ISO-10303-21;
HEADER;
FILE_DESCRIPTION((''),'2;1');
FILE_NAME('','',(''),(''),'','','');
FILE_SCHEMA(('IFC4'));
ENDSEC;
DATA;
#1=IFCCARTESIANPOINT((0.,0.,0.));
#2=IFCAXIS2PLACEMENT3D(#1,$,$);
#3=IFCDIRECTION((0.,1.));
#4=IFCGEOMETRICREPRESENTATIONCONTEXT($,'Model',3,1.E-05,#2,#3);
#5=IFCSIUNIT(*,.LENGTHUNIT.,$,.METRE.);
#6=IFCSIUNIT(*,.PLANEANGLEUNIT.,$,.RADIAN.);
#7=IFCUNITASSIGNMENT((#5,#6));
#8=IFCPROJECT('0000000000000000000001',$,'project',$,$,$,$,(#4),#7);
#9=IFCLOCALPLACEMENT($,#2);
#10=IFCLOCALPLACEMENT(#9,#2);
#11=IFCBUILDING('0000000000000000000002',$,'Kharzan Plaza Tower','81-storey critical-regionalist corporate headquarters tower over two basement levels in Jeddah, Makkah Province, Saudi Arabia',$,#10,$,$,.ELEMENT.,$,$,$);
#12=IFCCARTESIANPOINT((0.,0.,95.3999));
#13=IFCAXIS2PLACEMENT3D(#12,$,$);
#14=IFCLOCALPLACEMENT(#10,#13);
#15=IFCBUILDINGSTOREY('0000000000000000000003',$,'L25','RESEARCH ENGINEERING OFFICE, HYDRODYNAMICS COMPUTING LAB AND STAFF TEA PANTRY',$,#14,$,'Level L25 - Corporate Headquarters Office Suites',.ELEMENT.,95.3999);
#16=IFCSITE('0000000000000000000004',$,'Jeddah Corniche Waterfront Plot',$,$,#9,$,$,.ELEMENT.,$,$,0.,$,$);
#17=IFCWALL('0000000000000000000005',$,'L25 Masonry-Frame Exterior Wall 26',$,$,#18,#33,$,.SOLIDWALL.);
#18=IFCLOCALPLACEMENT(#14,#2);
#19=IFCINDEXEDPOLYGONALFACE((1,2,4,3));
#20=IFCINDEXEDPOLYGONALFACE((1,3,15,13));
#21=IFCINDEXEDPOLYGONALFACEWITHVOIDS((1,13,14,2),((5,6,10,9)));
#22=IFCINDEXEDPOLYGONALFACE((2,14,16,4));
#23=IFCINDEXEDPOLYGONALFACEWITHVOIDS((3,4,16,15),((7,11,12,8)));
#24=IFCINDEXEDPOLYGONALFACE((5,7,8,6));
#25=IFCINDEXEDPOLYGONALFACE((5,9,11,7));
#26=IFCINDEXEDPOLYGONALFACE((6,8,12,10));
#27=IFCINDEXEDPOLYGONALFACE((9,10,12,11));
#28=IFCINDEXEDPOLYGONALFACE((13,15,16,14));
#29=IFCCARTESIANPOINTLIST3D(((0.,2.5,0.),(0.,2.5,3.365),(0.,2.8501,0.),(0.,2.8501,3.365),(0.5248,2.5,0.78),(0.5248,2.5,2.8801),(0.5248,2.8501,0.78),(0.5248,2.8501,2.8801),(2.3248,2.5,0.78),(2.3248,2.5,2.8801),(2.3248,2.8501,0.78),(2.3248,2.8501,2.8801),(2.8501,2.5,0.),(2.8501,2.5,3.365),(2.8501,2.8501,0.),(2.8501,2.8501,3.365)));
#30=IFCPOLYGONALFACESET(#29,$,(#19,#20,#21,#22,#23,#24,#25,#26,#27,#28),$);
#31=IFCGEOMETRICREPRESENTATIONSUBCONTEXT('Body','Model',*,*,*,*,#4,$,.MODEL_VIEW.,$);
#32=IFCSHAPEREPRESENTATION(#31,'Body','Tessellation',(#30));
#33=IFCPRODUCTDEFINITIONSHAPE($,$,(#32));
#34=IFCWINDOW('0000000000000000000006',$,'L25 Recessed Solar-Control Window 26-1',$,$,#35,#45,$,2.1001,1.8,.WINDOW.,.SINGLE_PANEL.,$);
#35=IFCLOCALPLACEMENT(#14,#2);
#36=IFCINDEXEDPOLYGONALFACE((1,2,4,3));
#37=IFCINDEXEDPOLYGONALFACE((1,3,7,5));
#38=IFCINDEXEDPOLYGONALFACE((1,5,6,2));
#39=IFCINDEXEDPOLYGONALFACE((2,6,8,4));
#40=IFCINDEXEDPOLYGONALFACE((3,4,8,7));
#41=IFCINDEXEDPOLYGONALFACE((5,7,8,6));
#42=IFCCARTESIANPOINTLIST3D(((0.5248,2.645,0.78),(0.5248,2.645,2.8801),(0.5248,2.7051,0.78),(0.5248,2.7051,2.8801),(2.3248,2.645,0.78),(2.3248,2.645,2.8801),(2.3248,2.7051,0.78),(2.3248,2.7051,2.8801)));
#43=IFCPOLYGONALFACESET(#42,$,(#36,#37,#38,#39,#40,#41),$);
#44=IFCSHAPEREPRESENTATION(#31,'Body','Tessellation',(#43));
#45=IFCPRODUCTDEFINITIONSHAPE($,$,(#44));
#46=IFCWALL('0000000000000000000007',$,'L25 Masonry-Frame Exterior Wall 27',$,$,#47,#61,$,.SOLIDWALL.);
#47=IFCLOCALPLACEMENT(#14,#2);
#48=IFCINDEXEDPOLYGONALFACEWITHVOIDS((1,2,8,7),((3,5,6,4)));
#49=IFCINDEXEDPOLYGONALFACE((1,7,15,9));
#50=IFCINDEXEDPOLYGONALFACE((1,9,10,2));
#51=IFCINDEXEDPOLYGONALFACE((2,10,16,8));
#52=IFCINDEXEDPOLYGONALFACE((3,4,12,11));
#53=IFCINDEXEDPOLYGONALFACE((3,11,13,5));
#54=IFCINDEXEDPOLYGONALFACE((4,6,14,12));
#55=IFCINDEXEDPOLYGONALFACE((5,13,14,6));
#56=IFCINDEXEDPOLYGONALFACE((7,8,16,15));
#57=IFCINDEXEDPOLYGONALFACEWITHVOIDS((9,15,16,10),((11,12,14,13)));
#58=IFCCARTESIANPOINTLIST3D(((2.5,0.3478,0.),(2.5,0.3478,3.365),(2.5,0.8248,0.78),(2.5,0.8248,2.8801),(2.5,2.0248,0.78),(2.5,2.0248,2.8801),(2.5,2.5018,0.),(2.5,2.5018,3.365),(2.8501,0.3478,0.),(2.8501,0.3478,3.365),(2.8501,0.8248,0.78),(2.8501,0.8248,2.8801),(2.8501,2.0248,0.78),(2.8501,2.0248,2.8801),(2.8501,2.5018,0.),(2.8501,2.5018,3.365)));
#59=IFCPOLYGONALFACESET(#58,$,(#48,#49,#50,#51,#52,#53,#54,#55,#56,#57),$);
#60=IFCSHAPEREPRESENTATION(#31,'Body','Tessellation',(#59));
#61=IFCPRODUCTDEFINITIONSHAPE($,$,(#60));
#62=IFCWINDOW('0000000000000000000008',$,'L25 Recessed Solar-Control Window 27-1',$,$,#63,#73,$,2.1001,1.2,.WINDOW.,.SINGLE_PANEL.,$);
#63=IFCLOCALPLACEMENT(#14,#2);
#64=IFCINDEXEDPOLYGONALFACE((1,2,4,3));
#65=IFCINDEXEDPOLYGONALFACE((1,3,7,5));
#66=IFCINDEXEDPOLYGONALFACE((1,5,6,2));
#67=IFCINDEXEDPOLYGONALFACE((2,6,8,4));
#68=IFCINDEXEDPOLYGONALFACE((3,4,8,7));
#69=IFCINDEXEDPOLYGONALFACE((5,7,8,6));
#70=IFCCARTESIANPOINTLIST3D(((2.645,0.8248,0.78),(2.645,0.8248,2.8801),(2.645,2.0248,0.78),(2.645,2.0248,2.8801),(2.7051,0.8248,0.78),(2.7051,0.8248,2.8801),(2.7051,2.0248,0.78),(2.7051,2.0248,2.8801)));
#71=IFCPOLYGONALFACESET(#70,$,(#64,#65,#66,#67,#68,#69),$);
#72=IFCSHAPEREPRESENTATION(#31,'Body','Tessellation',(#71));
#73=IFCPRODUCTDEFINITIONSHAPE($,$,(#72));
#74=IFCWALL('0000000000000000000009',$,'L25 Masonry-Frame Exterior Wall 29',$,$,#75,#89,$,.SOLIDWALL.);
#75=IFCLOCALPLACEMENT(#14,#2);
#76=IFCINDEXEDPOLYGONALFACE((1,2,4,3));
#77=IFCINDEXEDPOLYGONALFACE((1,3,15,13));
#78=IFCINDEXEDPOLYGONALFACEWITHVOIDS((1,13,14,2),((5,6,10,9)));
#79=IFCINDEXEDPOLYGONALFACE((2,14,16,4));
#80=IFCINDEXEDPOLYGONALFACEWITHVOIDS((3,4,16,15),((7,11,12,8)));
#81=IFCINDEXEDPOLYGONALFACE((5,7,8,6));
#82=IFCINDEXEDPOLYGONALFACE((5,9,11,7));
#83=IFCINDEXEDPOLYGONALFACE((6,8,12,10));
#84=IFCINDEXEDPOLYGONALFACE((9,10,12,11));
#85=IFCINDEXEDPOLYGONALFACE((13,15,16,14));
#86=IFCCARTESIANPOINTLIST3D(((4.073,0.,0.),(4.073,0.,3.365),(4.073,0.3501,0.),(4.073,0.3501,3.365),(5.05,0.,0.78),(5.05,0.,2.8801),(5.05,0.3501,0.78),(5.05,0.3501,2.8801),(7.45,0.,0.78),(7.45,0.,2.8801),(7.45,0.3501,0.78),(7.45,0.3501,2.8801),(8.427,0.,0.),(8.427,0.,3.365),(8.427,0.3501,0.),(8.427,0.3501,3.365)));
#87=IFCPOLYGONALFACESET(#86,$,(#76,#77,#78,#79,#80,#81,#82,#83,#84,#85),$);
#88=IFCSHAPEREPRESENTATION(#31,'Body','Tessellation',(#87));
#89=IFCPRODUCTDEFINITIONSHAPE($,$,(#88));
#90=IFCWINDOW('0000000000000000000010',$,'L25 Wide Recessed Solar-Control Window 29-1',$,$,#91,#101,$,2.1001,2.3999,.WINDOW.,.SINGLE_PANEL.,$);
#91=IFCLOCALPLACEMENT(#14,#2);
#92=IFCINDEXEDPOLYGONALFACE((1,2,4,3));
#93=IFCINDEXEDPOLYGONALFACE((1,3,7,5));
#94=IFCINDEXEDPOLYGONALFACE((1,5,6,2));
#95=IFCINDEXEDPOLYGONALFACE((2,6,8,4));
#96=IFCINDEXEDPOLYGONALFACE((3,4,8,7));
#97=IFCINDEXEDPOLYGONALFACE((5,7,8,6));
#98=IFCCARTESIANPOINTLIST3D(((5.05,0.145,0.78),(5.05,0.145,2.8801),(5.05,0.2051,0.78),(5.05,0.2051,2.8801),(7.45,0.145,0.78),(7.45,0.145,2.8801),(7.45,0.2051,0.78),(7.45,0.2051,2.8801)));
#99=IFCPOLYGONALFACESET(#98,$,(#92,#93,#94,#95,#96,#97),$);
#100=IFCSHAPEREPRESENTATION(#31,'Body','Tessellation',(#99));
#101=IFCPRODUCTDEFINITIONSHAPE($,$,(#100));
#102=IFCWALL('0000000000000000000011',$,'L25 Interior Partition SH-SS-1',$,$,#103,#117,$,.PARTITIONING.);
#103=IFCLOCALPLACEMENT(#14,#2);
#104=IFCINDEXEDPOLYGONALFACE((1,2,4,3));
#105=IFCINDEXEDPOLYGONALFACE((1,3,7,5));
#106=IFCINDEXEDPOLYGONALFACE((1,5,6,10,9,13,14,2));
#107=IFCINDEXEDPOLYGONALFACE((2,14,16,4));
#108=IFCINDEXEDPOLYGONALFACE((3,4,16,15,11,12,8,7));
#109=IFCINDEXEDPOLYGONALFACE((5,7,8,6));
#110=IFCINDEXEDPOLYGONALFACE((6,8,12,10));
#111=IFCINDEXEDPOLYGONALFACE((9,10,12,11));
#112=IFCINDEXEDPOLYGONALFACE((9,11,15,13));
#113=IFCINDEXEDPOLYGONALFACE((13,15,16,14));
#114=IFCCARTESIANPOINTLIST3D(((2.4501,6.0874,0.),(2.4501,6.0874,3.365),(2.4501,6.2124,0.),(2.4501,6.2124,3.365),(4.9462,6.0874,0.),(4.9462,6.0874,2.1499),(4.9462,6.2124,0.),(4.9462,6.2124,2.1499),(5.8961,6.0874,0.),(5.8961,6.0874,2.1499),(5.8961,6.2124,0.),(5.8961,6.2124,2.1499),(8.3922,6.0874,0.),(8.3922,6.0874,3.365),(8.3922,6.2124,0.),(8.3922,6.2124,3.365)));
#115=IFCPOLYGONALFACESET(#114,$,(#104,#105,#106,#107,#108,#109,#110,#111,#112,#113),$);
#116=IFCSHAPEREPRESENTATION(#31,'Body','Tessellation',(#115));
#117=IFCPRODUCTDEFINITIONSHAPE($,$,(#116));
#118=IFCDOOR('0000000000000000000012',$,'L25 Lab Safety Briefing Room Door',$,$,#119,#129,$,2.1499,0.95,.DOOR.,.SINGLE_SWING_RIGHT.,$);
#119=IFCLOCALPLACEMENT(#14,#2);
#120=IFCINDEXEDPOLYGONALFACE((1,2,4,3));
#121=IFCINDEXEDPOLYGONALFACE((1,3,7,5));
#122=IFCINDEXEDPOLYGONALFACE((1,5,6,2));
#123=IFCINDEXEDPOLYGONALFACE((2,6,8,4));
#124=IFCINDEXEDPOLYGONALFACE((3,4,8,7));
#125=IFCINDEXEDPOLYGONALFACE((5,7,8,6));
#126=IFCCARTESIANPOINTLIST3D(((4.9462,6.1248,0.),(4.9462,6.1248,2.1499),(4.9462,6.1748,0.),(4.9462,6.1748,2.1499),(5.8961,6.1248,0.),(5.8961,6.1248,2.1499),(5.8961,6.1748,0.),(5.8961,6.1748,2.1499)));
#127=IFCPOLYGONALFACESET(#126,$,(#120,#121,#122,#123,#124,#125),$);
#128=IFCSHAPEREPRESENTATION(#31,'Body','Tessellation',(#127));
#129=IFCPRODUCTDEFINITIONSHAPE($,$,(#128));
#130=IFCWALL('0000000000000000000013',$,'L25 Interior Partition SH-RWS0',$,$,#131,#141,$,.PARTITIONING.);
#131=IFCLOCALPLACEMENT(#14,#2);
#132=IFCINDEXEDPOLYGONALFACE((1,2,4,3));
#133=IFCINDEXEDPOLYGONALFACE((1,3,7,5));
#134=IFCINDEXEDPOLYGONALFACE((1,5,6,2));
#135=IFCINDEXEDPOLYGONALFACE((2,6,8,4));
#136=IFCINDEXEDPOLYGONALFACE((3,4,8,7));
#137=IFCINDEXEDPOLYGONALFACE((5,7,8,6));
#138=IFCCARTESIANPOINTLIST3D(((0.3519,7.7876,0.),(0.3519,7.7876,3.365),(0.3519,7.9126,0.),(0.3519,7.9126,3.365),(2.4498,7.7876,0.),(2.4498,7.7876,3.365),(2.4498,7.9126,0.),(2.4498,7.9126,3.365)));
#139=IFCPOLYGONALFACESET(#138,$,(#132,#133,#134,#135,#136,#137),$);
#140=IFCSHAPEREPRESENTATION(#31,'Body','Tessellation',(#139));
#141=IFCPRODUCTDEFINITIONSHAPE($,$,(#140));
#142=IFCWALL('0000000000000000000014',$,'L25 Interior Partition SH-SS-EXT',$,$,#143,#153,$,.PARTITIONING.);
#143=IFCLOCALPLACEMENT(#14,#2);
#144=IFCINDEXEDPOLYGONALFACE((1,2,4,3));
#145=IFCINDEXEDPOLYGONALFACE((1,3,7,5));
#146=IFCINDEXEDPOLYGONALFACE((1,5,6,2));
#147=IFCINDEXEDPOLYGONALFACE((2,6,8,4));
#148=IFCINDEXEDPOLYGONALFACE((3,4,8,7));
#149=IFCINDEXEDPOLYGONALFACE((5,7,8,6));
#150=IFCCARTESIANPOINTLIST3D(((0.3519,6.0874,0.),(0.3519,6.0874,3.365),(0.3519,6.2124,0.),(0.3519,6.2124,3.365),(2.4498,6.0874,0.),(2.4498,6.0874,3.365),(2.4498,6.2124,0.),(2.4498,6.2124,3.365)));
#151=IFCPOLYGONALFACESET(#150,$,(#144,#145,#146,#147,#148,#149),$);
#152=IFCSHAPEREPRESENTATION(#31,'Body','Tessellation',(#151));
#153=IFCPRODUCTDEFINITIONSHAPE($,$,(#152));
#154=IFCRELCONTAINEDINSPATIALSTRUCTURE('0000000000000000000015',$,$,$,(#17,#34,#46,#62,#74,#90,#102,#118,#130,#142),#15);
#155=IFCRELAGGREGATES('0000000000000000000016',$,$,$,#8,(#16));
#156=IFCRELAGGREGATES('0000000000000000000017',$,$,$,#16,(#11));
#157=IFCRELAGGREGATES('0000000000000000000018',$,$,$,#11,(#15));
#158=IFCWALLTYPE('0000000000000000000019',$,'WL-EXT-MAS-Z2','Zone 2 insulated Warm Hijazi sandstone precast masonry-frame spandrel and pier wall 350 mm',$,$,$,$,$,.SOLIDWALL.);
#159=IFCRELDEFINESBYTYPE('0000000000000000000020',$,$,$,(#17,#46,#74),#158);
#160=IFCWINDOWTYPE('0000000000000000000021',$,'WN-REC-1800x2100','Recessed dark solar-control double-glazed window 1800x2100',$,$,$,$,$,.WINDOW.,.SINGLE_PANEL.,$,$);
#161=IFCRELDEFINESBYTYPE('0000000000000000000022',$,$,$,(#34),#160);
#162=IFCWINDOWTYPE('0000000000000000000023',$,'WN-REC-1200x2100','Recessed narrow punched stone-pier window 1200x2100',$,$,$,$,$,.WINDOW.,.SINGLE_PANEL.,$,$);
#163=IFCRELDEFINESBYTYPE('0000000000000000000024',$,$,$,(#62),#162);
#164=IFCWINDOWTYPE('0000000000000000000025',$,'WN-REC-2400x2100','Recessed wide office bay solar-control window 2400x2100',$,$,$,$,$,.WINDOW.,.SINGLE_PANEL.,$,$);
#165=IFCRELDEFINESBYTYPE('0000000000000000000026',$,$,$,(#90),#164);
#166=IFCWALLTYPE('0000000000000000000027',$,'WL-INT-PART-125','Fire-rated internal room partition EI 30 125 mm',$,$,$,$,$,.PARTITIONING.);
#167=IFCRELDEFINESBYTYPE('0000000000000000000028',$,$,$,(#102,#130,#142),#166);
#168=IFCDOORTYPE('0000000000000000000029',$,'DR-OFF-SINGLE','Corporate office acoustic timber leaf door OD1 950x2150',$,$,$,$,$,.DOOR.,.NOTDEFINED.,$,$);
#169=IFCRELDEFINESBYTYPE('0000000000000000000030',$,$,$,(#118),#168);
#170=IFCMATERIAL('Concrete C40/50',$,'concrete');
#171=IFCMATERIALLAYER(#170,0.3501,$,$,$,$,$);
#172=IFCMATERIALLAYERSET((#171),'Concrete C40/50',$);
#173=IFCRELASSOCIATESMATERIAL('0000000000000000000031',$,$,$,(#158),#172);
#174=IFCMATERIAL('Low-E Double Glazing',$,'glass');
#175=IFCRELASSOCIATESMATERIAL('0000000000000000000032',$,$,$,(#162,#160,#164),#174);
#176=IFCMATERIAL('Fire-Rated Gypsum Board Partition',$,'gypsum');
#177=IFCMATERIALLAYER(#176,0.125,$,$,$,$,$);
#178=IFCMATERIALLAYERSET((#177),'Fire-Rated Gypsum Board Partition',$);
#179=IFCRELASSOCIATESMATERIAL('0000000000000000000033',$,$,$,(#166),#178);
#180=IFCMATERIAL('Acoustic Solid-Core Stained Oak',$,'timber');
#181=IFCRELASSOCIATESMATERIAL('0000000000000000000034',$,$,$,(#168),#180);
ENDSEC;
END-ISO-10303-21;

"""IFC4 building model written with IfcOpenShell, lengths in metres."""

from ifc_helpers import new_model, si_unit, direction, frame, frame_2d, origin, place, context, subcontext, project, spatial, rectangle, extrude, source, transform, mapped, material, layer, layer_set, type_object, element, fill, save


model = new_model("IFC4")

# Units and contexts
model_context = context("Model", 3, precision=1e-05, world=origin(), true_north=direction((0.0, 1.0)))
body_context = subcontext(model_context, "Body", "Model", "MODEL_VIEW")
ifc_project = project(units=[si_unit("LENGTHUNIT", "METRE"), si_unit("PLANEANGLEUNIT", "RADIAN")], contexts=[model_context])

# Site, building, storey
site_placement = place(None, origin())
site = spatial("IfcSite", under=ifc_project, at=site_placement, Name="Jeddah Corniche Waterfront Plot", CompositionType="ELEMENT", RefElevation=0.0)
building_placement = place(site_placement, origin())
building = spatial("IfcBuilding", under=site, at=building_placement, Name="Kharzan Plaza Tower", Description="81-storey critical-regionalist corporate headquarters tower over two basement levels in Jeddah, Makkah Province, Saudi Arabia", CompositionType="ELEMENT")
storey_placement = place(building_placement, frame((0.0, 0.0, 95.3999)))
storey = spatial("IfcBuildingStorey", under=building, at=storey_placement, Name="L25", Description="RESEARCH ENGINEERING OFFICE, HYDRODYNAMICS COMPUTING LAB AND STAFF TEA PANTRY", LongName="Level L25 - Corporate Headquarters Office Suites", CompositionType="ELEMENT", Elevation=95.3999)

# Shared definitions
ifc_material_1 = material(Name="Concrete C40/50", Category="concrete")

# Walls, openings, windows
ifc_layer_1 = layer(ifc_material_1, 0.3501)
ifc_layer_set_1 = layer_set([ifc_layer_1], Name="Concrete C40/50")
wall_type_1 = type_object("IfcWallType", Name="WL-EXT-MAS-Z2", Description="Zone 2 insulated Warm Hijazi sandstone precast masonry-frame spandrel and pier wall 350 mm", PredefinedType="SOLIDWALL", material=ifc_layer_set_1)
ifc_material_2 = material(Name="Low-E Double Glazing", Category="glass")
window_type_1 = type_object("IfcWindowType", Name="WN-REC-1200x2100", Description="Recessed narrow punched stone-pier window 1200x2100", PartitioningType="SINGLE_PANEL", PredefinedType="WINDOW", material=ifc_material_2)
shared_shape_1 = source(origin(), body_context, "Body", "SweptSolid", [
    extrude(rectangle(XDim=1.2, YDim=2.1001, at=frame_2d((0.6001, 1.05))), frame((0.0, 0.03, 0.0), z_axis=(0.0, -1.0, 0.0), x_axis=(1.0, 0.0, 0.0)), (0.0, 0.0, 1.0), 0.0601),
])
wall_1_placement = place(storey_placement, frame((0.0, 2.675, 0.0), z_axis=(0.0, 0.0, 1.0), x_axis=(1.0, 0.0, 0.0)))
wall_1 = element("IfcWall", 1, at=wall_1_placement, inside=storey, type_object=wall_type_1, Name="L25 Masonry-Frame Exterior Wall 26", PredefinedType="SOLIDWALL", context=body_context, shape_type="SweptSolid", body=[
    extrude(rectangle(XDim=2.8501, YDim=0.3501, at=frame_2d((1.425, 0.0))), origin(), (0.0, 0.0, 1.0), 3.365),
])
opening_1_placement = place(wall_1_placement, frame((0.5249, 0.0, 0.78)))
opening_1 = element("IfcOpeningElement", 2, at=opening_1_placement, cuts=wall_1, PredefinedType="OPENING", context=body_context, shape_type="SweptSolid", body=[
    extrude(rectangle(XDim=1.8, YDim=2.1001, at=frame_2d((0.8999, 1.05))), frame((0.0, 0.1851, 0.0), z_axis=(0.0, -1.0, 0.0), x_axis=(1.0, 0.0, 0.0)), (0.0, 0.0, 1.0), 0.3701),
])
window_type_2 = type_object("IfcWindowType", Name="WN-REC-1800x2100", Description="Recessed dark solar-control double-glazed window 1800x2100", PartitioningType="SINGLE_PANEL", PredefinedType="WINDOW", material=ifc_material_2)
shared_shape_2 = source(origin(), body_context, "Body", "SweptSolid", [
    extrude(rectangle(XDim=1.8, YDim=2.1001, at=frame_2d((0.8999, 1.05))), frame((0.0, 0.03, 0.0), z_axis=(0.0, -1.0, 0.0), x_axis=(1.0, 0.0, 0.0)), (0.0, 0.0, 1.0), 0.0601),
])
window_1_placement = place(opening_1_placement, origin())
window_1 = element("IfcWindow", 3, at=window_1_placement, inside=storey, type_object=window_type_2, Name="L25 Recessed Solar-Control Window 26-1", OverallHeight=2.1001, OverallWidth=1.8, PartitioningType="SINGLE_PANEL", PredefinedType="WINDOW", context=body_context, shape_type="MappedRepresentation", body=[
    mapped(shared_shape_2, transform((0.0, 0.0, 0.0), x_axis=(1.0, 0.0, 0.0), y_axis=(0.0, 1.0, 0.0), z_axis=(0.0, 0.0, 1.0))),
])
fill(opening_1, window_1)
wall_2_placement = place(storey_placement, frame((2.675, 2.502, 0.0), z_axis=(0.0, 0.0, 1.0), x_axis=(0.0, -1.0, 0.0)))
wall_2 = element("IfcWall", 4, at=wall_2_placement, inside=storey, type_object=wall_type_1, Name="L25 Masonry-Frame Exterior Wall 27", PredefinedType="SOLIDWALL", context=body_context, shape_type="SweptSolid", body=[
    extrude(rectangle(XDim=2.1541, YDim=0.3501, at=frame_2d((1.0771, 0.0))), origin(), (0.0, 0.0, 1.0), 3.365),
])
opening_2_placement = place(wall_2_placement, frame((0.4771, 0.0, 0.78)))
opening_2 = element("IfcOpeningElement", 5, at=opening_2_placement, cuts=wall_2, PredefinedType="OPENING", context=body_context, shape_type="SweptSolid", body=[
    extrude(rectangle(XDim=1.2, YDim=2.1001, at=frame_2d((0.6001, 1.05))), frame((0.0, 0.1851, 0.0), z_axis=(0.0, -1.0, 0.0), x_axis=(1.0, 0.0, 0.0)), (0.0, 0.0, 1.0), 0.3701),
])
window_2_placement = place(opening_2_placement, origin())
window_2 = element("IfcWindow", 6, at=window_2_placement, inside=storey, type_object=window_type_1, Name="L25 Recessed Solar-Control Window 27-1", OverallHeight=2.1001, OverallWidth=1.2, PartitioningType="SINGLE_PANEL", PredefinedType="WINDOW", context=body_context, shape_type="MappedRepresentation", body=[
    mapped(shared_shape_1, transform((0.0, 0.0, 0.0), x_axis=(1.0, 0.0, 0.0), y_axis=(0.0, 1.0, 0.0), z_axis=(0.0, 0.0, 1.0))),
])
fill(opening_2, window_2)
wall_3_placement = place(storey_placement, frame((4.073, 0.175, 0.0), z_axis=(0.0, 0.0, 1.0), x_axis=(1.0, 0.0, 0.0)))
wall_3 = element("IfcWall", 7, at=wall_3_placement, inside=storey, type_object=wall_type_1, Name="L25 Masonry-Frame Exterior Wall 29", PredefinedType="SOLIDWALL", context=body_context, shape_type="SweptSolid", body=[
    extrude(rectangle(XDim=4.354, YDim=0.3501, at=frame_2d((2.177, 0.0))), origin(), (0.0, 0.0, 1.0), 3.365),
])
opening_3_placement = place(wall_3_placement, frame((0.9771, 0.0, 0.78)))
opening_3 = element("IfcOpeningElement", 8, at=opening_3_placement, cuts=wall_3, PredefinedType="OPENING", context=body_context, shape_type="SweptSolid", body=[
    extrude(rectangle(XDim=2.3999, YDim=2.1001, at=frame_2d((1.2, 1.05))), frame((0.0, 0.1851, 0.0), z_axis=(0.0, -1.0, 0.0), x_axis=(1.0, 0.0, 0.0)), (0.0, 0.0, 1.0), 0.3701),
])
window_type_3 = type_object("IfcWindowType", Name="WN-REC-2400x2100", Description="Recessed wide office bay solar-control window 2400x2100", PartitioningType="SINGLE_PANEL", PredefinedType="WINDOW", material=ifc_material_2)
shared_shape_3 = source(origin(), body_context, "Body", "SweptSolid", [
    extrude(rectangle(XDim=2.3999, YDim=2.1001, at=frame_2d((1.2, 1.05))), frame((0.0, 0.03, 0.0), z_axis=(0.0, -1.0, 0.0), x_axis=(1.0, 0.0, 0.0)), (0.0, 0.0, 1.0), 0.0601),
])
window_3_placement = place(opening_3_placement, origin())
window_3 = element("IfcWindow", 9, at=window_3_placement, inside=storey, type_object=window_type_3, Name="L25 Wide Recessed Solar-Control Window 29-1", OverallHeight=2.1001, OverallWidth=2.3999, PartitioningType="SINGLE_PANEL", PredefinedType="WINDOW", context=body_context, shape_type="MappedRepresentation", body=[
    mapped(shared_shape_3, transform((0.0, 0.0, 0.0), x_axis=(1.0, 0.0, 0.0), y_axis=(0.0, 1.0, 0.0), z_axis=(0.0, 0.0, 1.0))),
])
fill(opening_3, window_3)

# Wall, opening, door
ifc_material_3 = material(Name="Fire-Rated Gypsum Board Partition", Category="gypsum")
ifc_layer_2 = layer(ifc_material_3, 0.125)
ifc_layer_set_2 = layer_set([ifc_layer_2], Name="Fire-Rated Gypsum Board Partition")
wall_type_2 = type_object("IfcWallType", Name="WL-INT-PART-125", Description="Fire-rated internal room partition EI 30 125 mm", PredefinedType="PARTITIONING", material=ifc_layer_set_2)
ifc_material_4 = material(Name="Acoustic Solid-Core Stained Oak", Category="timber")
door_type = type_object("IfcDoorType", Name="DR-OFF-SINGLE", Description="Corporate office acoustic timber leaf door OD1 950x2150", OperationType="NOTDEFINED", PredefinedType="DOOR", material=ifc_material_4)
shared_shape_4 = source(origin(), body_context, "Body", "SweptSolid", [
    extrude(rectangle(XDim=0.95, YDim=2.1499, at=frame_2d((0.4751, 1.075))), frame((0.0, 0.0249, 0.0), z_axis=(0.0, -1.0, 0.0), x_axis=(1.0, 0.0, 0.0)), (0.0, 0.0, 1.0), 0.05),
])
wall_4_placement = place(storey_placement, frame((2.45, 6.1499, 0.0), z_axis=(0.0, 0.0, 1.0), x_axis=(1.0, 0.0, 0.0)))
wall_4 = element("IfcWall", 10, at=wall_4_placement, inside=storey, type_object=wall_type_2, Name="L25 Interior Partition SH-SS-1", PredefinedType="PARTITIONING", context=body_context, shape_type="SweptSolid", body=[
    extrude(rectangle(XDim=5.9421, YDim=0.125, at=frame_2d((2.9712, 0.0))), origin(), (0.0, 0.0, 1.0), 3.365),
])
opening_4_placement = place(wall_4_placement, frame((2.4961, 0.0, 0.0)))
opening_4 = element("IfcOpeningElement", 11, at=opening_4_placement, cuts=wall_4, PredefinedType="OPENING", context=body_context, shape_type="SweptSolid", body=[
    extrude(rectangle(XDim=0.95, YDim=2.1499, at=frame_2d((0.4751, 1.075))), frame((0.0, 0.0725, 0.0), z_axis=(0.0, -1.0, 0.0), x_axis=(1.0, 0.0, 0.0)), (0.0, 0.0, 1.0), 0.145),
])
door_1_placement = place(opening_4_placement, origin())
door_1 = element("IfcDoor", 12, at=door_1_placement, inside=storey, type_object=door_type, Name="L25 Lab Safety Briefing Room Door", OperationType="SINGLE_SWING_RIGHT", OverallHeight=2.1499, OverallWidth=0.95, PredefinedType="DOOR", context=body_context, shape_type="MappedRepresentation", body=[
    mapped(shared_shape_4, transform((0.0, 0.0, 0.0), x_axis=(1.0, 0.0, 0.0), y_axis=(0.0, 1.0, 0.0), z_axis=(0.0, 0.0, 1.0))),
])
fill(opening_4, door_1)

# Walls
shared_shape_5 = source(origin(), body_context, "Body", "SweptSolid", [
    extrude(rectangle(XDim=2.0979, YDim=0.125, at=frame_2d((1.0488, 0.0))), origin(), (0.0, 0.0, 1.0), 3.365),
])
for number, where, z_axis, x_axis, name in (
    (13, (0.3521, 7.8501, 0.0), (0.0, 0.0, 1.0), (1.0, 0.0, 0.0), "L25 Interior Partition SH-RWS0"),
    (14, (0.3521, 6.1499, 0.0), (0.0, 0.0, 1.0), (1.0, 0.0, 0.0), "L25 Interior Partition SH-SS-EXT"),
):
    element("IfcWall", number, at=place(storey_placement, frame(where, z_axis=z_axis, x_axis=x_axis)), inside=storey, type_object=wall_type_2, Name=name, PredefinedType="PARTITIONING", context=body_context, shape_type="MappedRepresentation", body=[
        mapped(shared_shape_5, transform((0.0, 0.0, 0.0), x_axis=(1.0, 0.0, 0.0), y_axis=(0.0, 1.0, 0.0), z_axis=(0.0, 0.0, 1.0))),
    ])

save(model, "model.ifc")
